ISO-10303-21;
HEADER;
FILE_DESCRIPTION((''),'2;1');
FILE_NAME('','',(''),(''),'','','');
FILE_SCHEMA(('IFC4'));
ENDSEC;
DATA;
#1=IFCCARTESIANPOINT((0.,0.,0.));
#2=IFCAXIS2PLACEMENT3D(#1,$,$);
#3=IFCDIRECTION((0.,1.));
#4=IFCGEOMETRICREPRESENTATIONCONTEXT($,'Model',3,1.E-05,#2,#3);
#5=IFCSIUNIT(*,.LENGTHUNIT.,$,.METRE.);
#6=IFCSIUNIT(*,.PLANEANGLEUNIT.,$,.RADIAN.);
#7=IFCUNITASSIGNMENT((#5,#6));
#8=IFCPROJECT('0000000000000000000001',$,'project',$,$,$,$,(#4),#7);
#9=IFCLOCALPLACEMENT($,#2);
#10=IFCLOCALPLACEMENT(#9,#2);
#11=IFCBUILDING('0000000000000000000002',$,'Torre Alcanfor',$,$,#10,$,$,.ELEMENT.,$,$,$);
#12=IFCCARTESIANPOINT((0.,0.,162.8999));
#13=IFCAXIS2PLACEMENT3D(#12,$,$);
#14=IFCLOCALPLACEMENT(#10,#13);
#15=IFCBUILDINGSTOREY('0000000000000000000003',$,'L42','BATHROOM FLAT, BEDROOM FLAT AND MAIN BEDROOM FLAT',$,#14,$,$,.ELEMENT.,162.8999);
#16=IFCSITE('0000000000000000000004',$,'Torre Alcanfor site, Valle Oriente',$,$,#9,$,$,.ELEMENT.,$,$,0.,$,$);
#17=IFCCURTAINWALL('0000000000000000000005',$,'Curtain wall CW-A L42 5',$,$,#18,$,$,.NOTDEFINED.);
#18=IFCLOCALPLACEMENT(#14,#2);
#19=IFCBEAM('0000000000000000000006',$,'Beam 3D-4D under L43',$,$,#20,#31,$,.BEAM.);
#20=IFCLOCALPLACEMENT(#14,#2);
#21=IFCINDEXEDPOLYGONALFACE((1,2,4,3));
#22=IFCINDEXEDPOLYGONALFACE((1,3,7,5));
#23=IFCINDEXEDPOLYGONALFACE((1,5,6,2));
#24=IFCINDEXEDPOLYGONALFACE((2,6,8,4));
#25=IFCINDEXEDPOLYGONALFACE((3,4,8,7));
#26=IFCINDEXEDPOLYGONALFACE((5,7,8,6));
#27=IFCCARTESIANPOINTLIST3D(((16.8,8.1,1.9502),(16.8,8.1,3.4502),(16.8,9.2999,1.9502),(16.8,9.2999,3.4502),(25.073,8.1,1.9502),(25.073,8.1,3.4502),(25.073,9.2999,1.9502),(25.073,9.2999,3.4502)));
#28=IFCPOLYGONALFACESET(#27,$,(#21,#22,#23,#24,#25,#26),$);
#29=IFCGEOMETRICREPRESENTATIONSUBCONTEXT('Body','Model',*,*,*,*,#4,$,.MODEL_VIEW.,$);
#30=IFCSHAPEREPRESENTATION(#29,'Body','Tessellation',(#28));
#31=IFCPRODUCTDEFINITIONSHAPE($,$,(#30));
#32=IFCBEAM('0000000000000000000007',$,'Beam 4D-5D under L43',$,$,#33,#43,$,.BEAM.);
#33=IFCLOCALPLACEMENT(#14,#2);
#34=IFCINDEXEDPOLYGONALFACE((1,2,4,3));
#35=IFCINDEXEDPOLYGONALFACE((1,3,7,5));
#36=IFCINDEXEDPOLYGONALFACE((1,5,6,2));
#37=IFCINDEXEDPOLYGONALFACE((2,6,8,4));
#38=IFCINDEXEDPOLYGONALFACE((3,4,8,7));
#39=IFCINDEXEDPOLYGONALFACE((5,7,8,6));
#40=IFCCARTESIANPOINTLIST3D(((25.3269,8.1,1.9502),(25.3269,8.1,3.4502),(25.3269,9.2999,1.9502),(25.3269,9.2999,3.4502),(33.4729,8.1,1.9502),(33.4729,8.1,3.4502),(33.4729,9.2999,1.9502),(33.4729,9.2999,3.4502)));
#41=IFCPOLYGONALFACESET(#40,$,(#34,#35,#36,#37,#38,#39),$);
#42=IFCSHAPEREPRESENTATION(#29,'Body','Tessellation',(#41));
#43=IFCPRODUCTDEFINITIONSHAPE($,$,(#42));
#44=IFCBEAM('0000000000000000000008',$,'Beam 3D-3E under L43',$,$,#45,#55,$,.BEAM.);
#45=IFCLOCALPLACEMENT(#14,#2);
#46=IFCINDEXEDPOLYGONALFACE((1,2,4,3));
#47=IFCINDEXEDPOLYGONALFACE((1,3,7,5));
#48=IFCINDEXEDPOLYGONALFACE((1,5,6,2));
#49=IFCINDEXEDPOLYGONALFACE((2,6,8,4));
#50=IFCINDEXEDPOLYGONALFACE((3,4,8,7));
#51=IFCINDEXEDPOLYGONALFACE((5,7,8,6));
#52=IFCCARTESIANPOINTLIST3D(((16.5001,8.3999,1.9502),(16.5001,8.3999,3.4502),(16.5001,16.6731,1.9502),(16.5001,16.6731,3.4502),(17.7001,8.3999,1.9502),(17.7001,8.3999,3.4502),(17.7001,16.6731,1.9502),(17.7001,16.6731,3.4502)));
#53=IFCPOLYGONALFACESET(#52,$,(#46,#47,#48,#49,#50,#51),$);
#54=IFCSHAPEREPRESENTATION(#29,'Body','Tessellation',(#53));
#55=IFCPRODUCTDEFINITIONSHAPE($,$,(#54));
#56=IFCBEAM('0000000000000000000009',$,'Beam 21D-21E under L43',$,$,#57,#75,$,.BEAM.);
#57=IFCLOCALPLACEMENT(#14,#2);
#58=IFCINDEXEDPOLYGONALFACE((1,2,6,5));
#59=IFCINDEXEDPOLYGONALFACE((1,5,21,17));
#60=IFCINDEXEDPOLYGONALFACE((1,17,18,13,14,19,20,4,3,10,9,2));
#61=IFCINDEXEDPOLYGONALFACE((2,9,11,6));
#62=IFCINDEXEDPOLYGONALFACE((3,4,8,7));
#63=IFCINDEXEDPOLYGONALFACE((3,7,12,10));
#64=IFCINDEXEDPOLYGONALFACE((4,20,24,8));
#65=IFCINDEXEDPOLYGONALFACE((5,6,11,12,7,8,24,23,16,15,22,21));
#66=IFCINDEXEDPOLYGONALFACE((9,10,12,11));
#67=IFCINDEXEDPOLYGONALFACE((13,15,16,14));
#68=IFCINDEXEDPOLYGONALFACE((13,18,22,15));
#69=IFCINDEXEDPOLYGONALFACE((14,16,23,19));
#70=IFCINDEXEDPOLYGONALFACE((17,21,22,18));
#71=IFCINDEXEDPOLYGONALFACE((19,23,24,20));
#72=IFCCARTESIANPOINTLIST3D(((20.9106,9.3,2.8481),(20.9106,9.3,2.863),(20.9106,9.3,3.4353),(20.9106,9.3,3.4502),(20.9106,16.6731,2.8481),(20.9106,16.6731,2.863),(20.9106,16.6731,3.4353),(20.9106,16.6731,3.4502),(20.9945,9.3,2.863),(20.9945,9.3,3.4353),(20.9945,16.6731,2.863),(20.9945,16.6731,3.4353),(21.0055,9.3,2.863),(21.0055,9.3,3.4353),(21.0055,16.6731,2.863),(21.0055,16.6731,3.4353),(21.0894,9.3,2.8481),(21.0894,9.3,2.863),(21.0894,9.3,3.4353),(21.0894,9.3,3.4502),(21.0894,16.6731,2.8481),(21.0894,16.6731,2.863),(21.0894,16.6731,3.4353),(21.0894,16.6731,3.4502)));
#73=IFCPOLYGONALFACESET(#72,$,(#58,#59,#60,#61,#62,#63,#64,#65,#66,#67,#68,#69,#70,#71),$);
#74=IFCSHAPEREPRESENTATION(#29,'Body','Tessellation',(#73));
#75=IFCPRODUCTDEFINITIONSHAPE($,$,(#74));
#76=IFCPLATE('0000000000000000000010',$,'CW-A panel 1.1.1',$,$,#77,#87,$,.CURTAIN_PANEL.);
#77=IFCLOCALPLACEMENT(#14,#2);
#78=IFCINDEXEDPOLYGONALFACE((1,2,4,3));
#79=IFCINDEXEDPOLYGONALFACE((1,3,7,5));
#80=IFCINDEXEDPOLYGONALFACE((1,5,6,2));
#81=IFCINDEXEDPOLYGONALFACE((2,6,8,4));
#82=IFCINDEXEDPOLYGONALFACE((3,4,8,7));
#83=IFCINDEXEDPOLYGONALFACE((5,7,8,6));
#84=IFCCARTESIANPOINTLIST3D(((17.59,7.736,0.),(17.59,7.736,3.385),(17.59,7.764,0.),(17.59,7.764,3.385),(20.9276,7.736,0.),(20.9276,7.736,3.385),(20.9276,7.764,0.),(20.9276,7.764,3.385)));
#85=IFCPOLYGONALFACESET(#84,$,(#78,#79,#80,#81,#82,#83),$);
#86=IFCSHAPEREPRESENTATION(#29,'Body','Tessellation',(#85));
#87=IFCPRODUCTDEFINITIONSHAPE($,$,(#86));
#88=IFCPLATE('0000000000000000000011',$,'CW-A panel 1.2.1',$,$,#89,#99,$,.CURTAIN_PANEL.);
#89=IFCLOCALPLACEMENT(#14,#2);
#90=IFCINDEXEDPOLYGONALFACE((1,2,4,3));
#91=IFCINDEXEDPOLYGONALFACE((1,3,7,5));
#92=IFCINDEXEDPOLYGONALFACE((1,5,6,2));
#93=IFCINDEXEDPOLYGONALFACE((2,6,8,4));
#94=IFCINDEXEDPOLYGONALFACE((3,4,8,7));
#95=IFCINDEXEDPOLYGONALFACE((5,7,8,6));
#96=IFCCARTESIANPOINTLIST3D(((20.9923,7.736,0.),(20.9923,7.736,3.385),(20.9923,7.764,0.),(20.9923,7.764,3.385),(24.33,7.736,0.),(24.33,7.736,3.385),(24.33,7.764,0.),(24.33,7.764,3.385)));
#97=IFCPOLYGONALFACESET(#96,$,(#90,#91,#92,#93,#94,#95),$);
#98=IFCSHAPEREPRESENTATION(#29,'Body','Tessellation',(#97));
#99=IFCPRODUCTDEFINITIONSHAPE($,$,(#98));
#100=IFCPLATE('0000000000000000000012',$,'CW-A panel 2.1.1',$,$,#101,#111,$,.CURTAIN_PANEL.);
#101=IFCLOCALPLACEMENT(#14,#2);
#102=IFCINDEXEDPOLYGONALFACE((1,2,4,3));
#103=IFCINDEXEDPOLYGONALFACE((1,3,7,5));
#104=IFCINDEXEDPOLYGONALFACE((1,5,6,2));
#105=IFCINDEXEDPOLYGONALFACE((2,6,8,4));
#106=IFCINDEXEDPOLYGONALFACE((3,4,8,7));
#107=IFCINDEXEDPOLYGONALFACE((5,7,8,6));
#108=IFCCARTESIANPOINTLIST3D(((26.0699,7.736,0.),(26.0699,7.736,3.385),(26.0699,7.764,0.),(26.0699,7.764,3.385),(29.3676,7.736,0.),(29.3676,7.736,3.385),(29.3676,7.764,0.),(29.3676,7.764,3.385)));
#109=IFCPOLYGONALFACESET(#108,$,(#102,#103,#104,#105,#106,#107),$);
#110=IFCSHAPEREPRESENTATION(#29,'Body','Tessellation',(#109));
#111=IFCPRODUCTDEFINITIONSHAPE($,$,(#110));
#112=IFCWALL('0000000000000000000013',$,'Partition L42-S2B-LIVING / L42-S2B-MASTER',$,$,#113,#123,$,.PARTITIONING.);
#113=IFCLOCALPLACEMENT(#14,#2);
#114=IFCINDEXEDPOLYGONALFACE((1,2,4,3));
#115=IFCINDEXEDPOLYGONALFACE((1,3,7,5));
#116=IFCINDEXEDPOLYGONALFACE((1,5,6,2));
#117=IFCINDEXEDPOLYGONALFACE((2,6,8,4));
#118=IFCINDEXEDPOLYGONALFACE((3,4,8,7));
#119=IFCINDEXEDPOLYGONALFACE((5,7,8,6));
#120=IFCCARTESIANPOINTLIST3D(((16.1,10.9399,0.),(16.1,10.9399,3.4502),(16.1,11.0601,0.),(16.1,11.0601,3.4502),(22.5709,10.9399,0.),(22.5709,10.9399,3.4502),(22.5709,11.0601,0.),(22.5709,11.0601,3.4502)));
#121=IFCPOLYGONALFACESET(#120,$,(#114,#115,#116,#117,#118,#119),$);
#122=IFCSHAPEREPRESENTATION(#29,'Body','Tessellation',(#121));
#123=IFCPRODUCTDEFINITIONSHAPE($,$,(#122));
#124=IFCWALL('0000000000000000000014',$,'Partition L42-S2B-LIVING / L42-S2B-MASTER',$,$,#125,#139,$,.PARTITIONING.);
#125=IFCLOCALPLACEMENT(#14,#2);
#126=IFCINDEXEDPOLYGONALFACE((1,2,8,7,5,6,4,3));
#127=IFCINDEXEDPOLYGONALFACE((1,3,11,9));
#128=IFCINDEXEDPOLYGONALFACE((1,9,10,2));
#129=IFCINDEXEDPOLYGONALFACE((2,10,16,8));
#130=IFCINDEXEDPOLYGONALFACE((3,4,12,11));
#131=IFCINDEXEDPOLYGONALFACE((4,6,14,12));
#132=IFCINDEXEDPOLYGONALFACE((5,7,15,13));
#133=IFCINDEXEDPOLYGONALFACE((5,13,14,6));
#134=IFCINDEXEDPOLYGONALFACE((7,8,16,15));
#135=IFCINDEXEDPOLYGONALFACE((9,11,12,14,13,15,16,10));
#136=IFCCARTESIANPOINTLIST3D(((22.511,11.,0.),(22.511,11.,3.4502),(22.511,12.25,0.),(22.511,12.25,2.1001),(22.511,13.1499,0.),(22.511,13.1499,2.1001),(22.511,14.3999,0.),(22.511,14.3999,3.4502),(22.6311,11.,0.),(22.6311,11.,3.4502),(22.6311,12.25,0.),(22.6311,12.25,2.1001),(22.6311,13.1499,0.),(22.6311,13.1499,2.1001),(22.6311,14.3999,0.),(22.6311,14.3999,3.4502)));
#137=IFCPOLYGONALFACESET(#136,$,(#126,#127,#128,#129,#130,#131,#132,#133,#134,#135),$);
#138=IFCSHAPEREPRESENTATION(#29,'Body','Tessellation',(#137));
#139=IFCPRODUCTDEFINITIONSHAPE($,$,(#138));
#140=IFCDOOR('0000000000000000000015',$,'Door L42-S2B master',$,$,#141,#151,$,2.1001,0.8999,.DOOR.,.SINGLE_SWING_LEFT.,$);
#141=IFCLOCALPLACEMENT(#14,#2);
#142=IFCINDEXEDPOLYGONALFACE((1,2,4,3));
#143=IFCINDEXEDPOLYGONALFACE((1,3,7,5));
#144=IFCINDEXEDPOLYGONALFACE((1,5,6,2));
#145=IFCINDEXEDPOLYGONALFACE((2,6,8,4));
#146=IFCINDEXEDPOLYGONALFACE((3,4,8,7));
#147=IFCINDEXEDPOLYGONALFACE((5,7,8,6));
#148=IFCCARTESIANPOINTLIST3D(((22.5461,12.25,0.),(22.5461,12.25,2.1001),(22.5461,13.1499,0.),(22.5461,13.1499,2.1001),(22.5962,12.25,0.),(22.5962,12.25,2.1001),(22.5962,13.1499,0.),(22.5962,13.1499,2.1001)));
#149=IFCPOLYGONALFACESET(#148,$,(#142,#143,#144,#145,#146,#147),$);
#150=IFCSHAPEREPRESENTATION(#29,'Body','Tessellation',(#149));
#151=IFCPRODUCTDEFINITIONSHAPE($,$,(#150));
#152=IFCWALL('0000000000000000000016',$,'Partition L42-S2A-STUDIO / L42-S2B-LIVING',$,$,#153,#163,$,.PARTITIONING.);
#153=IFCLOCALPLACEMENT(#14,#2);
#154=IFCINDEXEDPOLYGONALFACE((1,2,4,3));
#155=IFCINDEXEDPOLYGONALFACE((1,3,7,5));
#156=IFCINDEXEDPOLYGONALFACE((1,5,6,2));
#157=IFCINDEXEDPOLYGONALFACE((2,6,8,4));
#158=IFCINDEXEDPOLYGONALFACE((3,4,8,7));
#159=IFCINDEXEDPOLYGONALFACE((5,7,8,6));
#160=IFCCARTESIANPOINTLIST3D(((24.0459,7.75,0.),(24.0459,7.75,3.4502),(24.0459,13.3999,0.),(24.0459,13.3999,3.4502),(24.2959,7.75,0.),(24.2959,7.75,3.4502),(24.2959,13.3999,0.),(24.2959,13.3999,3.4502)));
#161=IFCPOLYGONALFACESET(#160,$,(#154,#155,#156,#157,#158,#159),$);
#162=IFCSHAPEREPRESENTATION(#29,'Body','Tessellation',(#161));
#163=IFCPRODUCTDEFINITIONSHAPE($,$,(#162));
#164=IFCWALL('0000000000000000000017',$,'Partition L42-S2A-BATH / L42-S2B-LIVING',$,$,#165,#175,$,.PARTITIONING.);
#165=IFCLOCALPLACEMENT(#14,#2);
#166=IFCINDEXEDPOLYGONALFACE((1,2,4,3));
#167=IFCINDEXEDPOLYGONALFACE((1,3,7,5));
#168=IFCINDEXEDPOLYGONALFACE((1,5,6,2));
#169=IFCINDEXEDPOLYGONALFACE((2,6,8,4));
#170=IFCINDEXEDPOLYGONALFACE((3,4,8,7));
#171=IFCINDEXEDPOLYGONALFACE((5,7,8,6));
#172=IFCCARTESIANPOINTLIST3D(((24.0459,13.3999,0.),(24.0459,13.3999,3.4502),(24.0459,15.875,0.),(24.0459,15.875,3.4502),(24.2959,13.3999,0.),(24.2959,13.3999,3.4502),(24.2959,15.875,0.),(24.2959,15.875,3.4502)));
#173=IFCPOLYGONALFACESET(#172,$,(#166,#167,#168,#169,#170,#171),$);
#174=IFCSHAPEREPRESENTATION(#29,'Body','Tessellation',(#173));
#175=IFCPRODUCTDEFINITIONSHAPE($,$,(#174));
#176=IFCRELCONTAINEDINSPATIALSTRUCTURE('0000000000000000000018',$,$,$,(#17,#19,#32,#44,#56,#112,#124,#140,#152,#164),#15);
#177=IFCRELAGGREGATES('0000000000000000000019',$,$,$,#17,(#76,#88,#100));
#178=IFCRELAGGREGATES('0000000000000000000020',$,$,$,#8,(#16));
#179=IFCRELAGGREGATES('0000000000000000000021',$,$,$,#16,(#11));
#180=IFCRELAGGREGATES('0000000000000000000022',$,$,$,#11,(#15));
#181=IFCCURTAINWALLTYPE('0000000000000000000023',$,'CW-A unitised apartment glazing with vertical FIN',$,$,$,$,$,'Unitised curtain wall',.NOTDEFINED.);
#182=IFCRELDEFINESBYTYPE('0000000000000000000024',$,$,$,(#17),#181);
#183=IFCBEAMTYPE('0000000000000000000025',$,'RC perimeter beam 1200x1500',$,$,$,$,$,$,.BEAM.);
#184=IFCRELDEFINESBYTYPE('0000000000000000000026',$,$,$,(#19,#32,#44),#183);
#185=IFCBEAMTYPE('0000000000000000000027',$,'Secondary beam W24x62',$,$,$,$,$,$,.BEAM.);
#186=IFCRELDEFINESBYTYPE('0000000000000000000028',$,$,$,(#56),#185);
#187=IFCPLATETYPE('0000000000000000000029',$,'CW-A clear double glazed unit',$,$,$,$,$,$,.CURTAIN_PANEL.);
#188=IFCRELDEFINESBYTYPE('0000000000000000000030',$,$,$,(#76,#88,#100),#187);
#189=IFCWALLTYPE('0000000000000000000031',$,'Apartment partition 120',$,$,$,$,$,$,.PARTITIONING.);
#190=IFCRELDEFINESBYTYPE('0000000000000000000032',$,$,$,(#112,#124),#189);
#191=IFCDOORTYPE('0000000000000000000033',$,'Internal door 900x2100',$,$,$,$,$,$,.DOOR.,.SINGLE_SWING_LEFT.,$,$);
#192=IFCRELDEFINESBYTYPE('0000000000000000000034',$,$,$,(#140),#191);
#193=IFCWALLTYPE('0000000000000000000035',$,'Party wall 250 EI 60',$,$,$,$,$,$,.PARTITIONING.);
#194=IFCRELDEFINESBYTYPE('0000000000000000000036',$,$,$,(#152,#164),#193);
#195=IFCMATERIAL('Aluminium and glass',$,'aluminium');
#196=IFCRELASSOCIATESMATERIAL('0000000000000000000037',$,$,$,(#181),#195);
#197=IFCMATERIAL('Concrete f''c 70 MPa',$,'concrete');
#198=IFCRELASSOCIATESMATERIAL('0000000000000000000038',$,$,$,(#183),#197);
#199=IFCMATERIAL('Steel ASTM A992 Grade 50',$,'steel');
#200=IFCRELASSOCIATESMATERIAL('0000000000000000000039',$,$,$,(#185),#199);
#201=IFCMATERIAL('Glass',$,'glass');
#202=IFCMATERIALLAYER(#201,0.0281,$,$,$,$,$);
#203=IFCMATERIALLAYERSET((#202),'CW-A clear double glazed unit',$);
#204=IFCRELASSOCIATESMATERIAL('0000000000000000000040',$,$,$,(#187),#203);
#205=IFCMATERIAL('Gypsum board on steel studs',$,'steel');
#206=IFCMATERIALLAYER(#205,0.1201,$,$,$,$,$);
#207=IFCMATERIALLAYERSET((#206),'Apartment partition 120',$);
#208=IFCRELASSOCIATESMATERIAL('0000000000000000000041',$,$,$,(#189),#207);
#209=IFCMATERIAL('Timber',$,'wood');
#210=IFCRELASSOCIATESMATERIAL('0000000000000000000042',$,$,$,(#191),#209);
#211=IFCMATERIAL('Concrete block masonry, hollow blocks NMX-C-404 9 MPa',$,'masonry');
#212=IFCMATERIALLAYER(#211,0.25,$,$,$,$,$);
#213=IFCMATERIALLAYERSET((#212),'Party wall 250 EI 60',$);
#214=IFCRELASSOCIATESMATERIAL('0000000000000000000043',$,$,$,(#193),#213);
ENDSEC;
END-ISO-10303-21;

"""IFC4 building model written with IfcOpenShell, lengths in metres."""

from ifc_helpers import new_model, si_unit, direction, frame, frame_2d, origin, origin_2d, place, context, subcontext, project, spatial, rectangle, i_section, extrude, material, layer, layer_set, material_profile, profile_set, type_object, element, fill, aggregate, save


model = new_model("IFC4")

# Units and contexts
model_context = context("Model", 3, precision=1e-05, world=origin(), true_north=direction((0.0, 1.0)))
body_context = subcontext(model_context, "Body", "Model", "MODEL_VIEW")
ifc_project = project(units=[si_unit("LENGTHUNIT", "METRE"), si_unit("PLANEANGLEUNIT", "RADIAN")], contexts=[model_context])

# Site, building, storey
site_placement = place(None, origin())
site = spatial("IfcSite", under=ifc_project, at=site_placement, Name="Torre Alcanfor site, Valle Oriente", CompositionType="ELEMENT", RefElevation=0.0)
building_placement = place(site_placement, origin())
building = spatial("IfcBuilding", under=site, at=building_placement, Name="Torre Alcanfor", CompositionType="ELEMENT")
storey_placement = place(building_placement, frame((0.0, 0.0, 162.8999)))
storey = spatial("IfcBuildingStorey", under=building, at=storey_placement, Name="L42", Description="BATHROOM FLAT, BEDROOM FLAT AND MAIN BEDROOM FLAT", CompositionType="ELEMENT", Elevation=162.8999)

# Curtain wall
ifc_material_1 = material(Name="Aluminium and glass", Category="aluminium")
curtain_wall_type = type_object("IfcCurtainWallType", Name="CW-A unitised apartment glazing with vertical FIN", ElementType="Unitised curtain wall", PredefinedType="NOTDEFINED", material=ifc_material_1)
curtain_wall_placement = place(storey_placement, origin())
curtain_wall = element("IfcCurtainWall", 1, at=curtain_wall_placement, inside=storey, type_object=curtain_wall_type, Name="Curtain wall CW-A L42 5", PredefinedType="NOTDEFINED")

# Beams
ifc_material_2 = material(Name="Concrete f'c 70 MPa", Category="concrete")
ifc_material_profile_1 = material_profile(ifc_material_2, rectangle(XDim=1.2, YDim=1.5, at=origin_2d()), Name="1200x1500")
ifc_profile_set_1 = profile_set([ifc_material_profile_1], Name="Concrete f'c 70 MPa")
beam_type_1 = type_object("IfcBeamType", Name="RC perimeter beam 1200x1500", PredefinedType="BEAM", material=ifc_profile_set_1)
beam_1_placement = place(storey_placement, frame((16.8, 8.7, 2.7002), z_axis=(1.0, 0.0, 0.0), x_axis=(0.0, 1.0, 0.0)))
element("IfcBeam", 2, at=beam_1_placement, inside=storey, type_object=beam_type_1, Name="Beam 3D-4D under L43", PredefinedType="BEAM", context=body_context, shape_type="SweptSolid", body=[
    extrude(rectangle(XDim=1.2, YDim=1.5, at=origin_2d()), origin(), (0.0, 0.0, 1.0), 8.2729),
])
beam_2_placement = place(storey_placement, frame((25.3269, 8.7, 2.7002), z_axis=(1.0, 0.0, 0.0), x_axis=(0.0, 1.0, 0.0)))
element("IfcBeam", 3, at=beam_2_placement, inside=storey, type_object=beam_type_1, Name="Beam 4D-5D under L43", PredefinedType="BEAM", context=body_context, shape_type="SweptSolid", body=[
    extrude(rectangle(XDim=1.2, YDim=1.5, at=origin_2d()), origin(), (0.0, 0.0, 1.0), 8.146),
])
beam_3_placement = place(storey_placement, frame((17.1001, 8.3999, 2.7002), z_axis=(0.0, 1.0, 0.0), x_axis=(-1.0, 0.0, 0.0)))
element("IfcBeam", 4, at=beam_3_placement, inside=storey, type_object=beam_type_1, Name="Beam 3D-3E under L43", PredefinedType="BEAM", context=body_context, shape_type="SweptSolid", body=[
    extrude(rectangle(XDim=1.2, YDim=1.5, at=origin_2d()), origin(), (0.0, 0.0, 1.0), 8.2732),
])
ifc_material_3 = material(Name="Steel ASTM A992 Grade 50", Category="steel")
ifc_material_profile_2 = material_profile(ifc_material_3, i_section(OverallWidth=0.1787, OverallDepth=0.6021, WebThickness=0.011, FlangeThickness=0.0149, at=origin_2d()), Name="W24x62")
ifc_profile_set_2 = profile_set([ifc_material_profile_2], Name="Steel ASTM A992 Grade 50")
beam_type_2 = type_object("IfcBeamType", Name="Secondary beam W24x62", PredefinedType="BEAM", material=ifc_profile_set_2)
beam_4_placement = place(storey_placement, frame((21.0, 9.3, 3.1492), z_axis=(0.0, 1.0, 0.0), x_axis=(-1.0, 0.0, 0.0)))
element("IfcBeam", 5, at=beam_4_placement, inside=storey, type_object=beam_type_2, Name="Beam 21D-21E under L43", PredefinedType="BEAM", context=body_context, shape_type="SweptSolid", body=[
    extrude(i_section(OverallWidth=0.1787, OverallDepth=0.6021, WebThickness=0.011, FlangeThickness=0.0149, at=origin_2d()), origin(), (0.0, 0.0, 1.0), 7.373),
])

# Plates
ifc_material_4 = material(Name="Glass", Category="glass")
ifc_layer_1 = layer(ifc_material_4, 0.0281)
ifc_layer_set_1 = layer_set([ifc_layer_1], Name="CW-A clear double glazed unit")
plate_type = type_object("IfcPlateType", Name="CW-A clear double glazed unit", PredefinedType="CURTAIN_PANEL", material=ifc_layer_set_1)
plate_1_placement = place(storey_placement, frame((19.2588, 7.75, 0.0), z_axis=(0.0, 0.0, 1.0), x_axis=(1.0, 0.0, 0.0)))
plate_1 = element("IfcPlate", 6, at=plate_1_placement, type_object=plate_type, Name="CW-A panel 1.1.1", PredefinedType="CURTAIN_PANEL", context=body_context, shape_type="SweptSolid", body=[
    extrude(rectangle(XDim=3.3376, YDim=0.0281, at=origin_2d()), origin(), (0.0, 0.0, 1.0), 3.385),
])
plate_2_placement = place(storey_placement, frame((22.6611, 7.75, 0.0), z_axis=(0.0, 0.0, 1.0), x_axis=(1.0, 0.0, 0.0)))
plate_2 = element("IfcPlate", 7, at=plate_2_placement, type_object=plate_type, Name="CW-A panel 1.2.1", PredefinedType="CURTAIN_PANEL", context=body_context, shape_type="SweptSolid", body=[
    extrude(rectangle(XDim=3.3376, YDim=0.0281, at=origin_2d()), origin(), (0.0, 0.0, 1.0), 3.385),
])
plate_3_placement = place(storey_placement, frame((27.7188, 7.75, 0.0), z_axis=(0.0, 0.0, 1.0), x_axis=(1.0, 0.0, 0.0)))
plate_3 = element("IfcPlate", 8, at=plate_3_placement, type_object=plate_type, Name="CW-A panel 2.1.1", PredefinedType="CURTAIN_PANEL", context=body_context, shape_type="SweptSolid", body=[
    extrude(rectangle(XDim=3.2976, YDim=0.0281, at=origin_2d()), origin(), (0.0, 0.0, 1.0), 3.385),
])
aggregate(curtain_wall, [plate_1, plate_2, plate_3])

# Wall
ifc_material_5 = material(Name="Gypsum board on steel studs", Category="steel")
ifc_layer_2 = layer(ifc_material_5, 0.1201)
ifc_layer_set_2 = layer_set([ifc_layer_2], Name="Apartment partition 120")
wall_type_1 = type_object("IfcWallType", Name="Apartment partition 120", PredefinedType="PARTITIONING", material=ifc_layer_set_2)
wall_1_placement = place(storey_placement, frame((16.1001, 11.0, 0.0), z_axis=(0.0, 0.0, 1.0), x_axis=(1.0, 0.0, 0.0)))
element("IfcWall", 9, at=wall_1_placement, inside=storey, type_object=wall_type_1, Name="Partition L42-S2B-LIVING / L42-S2B-MASTER", PredefinedType="PARTITIONING", context=body_context, shape_type="SweptSolid", body=[
    extrude(rectangle(XDim=6.4709, YDim=0.1201, at=frame_2d((3.2354, 0.0))), origin(), (0.0, 0.0, 1.0), 3.4502),
])

# Wall, opening, door
wall_2_placement = place(storey_placement, frame((22.571, 11.0, 0.0), z_axis=(0.0, 0.0, 1.0), x_axis=(0.0, 1.0, 0.0)))
wall_2 = element("IfcWall", 10, at=wall_2_placement, inside=storey, type_object=wall_type_1, Name="Partition L42-S2B-LIVING / L42-S2B-MASTER", PredefinedType="PARTITIONING", context=body_context, shape_type="SweptSolid", body=[
    extrude(rectangle(XDim=3.3999, YDim=0.1201, at=frame_2d((1.7, 0.0))), origin(), (0.0, 0.0, 1.0), 3.4502),
])
opening_1_placement = place(wall_2_placement, frame((1.25, 0.0, 0.0)))
opening_1 = element("IfcOpeningElement", 11, at=opening_1_placement, cuts=wall_2, PredefinedType="OPENING", context=body_context, shape_type="SweptSolid", body=[
    extrude(rectangle(XDim=0.8999, YDim=2.1001, at=frame_2d((0.45, 1.05))), frame((0.0, 0.0701, 0.0), z_axis=(0.0, -1.0, 0.0), x_axis=(1.0, 0.0, 0.0)), (0.0, 0.0, 1.0), 0.1401),
])
ifc_material_6 = material(Name="Timber", Category="wood")
door_type_1 = type_object("IfcDoorType", Name="Internal door 900x2100", OperationType="SINGLE_SWING_LEFT", PredefinedType="DOOR", material=ifc_material_6)
door_1_placement = place(opening_1_placement, origin())
door_1 = element("IfcDoor", 12, at=door_1_placement, inside=storey, type_object=door_type_1, Name="Door L42-S2B master", OperationType="SINGLE_SWING_LEFT", OverallHeight=2.1001, OverallWidth=0.8999, PredefinedType="DOOR", context=body_context, shape_type="SweptSolid", body=[
    extrude(rectangle(XDim=0.8999, YDim=2.1001, at=frame_2d((0.45, 1.05))), frame((0.0, 0.0249, 0.0), z_axis=(0.0, -1.0, 0.0), x_axis=(1.0, 0.0, 0.0)), (0.0, 0.0, 1.0), 0.05),
])
fill(opening_1, door_1)

# Walls
ifc_material_7 = material(Name="Concrete block masonry, hollow blocks NMX-C-404 9 MPa", Category="masonry")
ifc_layer_3 = layer(ifc_material_7, 0.25)
ifc_layer_set_3 = layer_set([ifc_layer_3], Name="Party wall 250 EI 60")
wall_type_2 = type_object("IfcWallType", Name="Party wall 250 EI 60", PredefinedType="PARTITIONING", material=ifc_layer_set_3)
wall_3_placement = place(storey_placement, frame((24.1709, 7.75, 0.0), z_axis=(0.0, 0.0, 1.0), x_axis=(0.0, 1.0, 0.0)))
element("IfcWall", 13, at=wall_3_placement, inside=storey, type_object=wall_type_2, Name="Partition L42-S2A-STUDIO / L42-S2B-LIVING", PredefinedType="PARTITIONING", context=body_context, shape_type="SweptSolid", body=[
    extrude(rectangle(XDim=5.6499, YDim=0.25, at=frame_2d((2.825, 0.0))), origin(), (0.0, 0.0, 1.0), 3.4502),
])
wall_4_placement = place(storey_placement, frame((24.1709, 13.3999, 0.0), z_axis=(0.0, 0.0, 1.0), x_axis=(0.0, 1.0, 0.0)))
element("IfcWall", 14, at=wall_4_placement, inside=storey, type_object=wall_type_2, Name="Partition L42-S2A-BATH / L42-S2B-LIVING", PredefinedType="PARTITIONING", context=body_context, shape_type="SweptSolid", body=[
    extrude(rectangle(XDim=2.4751, YDim=0.25, at=frame_2d((1.2375, 0.0))), origin(), (0.0, 0.0, 1.0), 3.4502),
])

save(model, "model.ifc")
